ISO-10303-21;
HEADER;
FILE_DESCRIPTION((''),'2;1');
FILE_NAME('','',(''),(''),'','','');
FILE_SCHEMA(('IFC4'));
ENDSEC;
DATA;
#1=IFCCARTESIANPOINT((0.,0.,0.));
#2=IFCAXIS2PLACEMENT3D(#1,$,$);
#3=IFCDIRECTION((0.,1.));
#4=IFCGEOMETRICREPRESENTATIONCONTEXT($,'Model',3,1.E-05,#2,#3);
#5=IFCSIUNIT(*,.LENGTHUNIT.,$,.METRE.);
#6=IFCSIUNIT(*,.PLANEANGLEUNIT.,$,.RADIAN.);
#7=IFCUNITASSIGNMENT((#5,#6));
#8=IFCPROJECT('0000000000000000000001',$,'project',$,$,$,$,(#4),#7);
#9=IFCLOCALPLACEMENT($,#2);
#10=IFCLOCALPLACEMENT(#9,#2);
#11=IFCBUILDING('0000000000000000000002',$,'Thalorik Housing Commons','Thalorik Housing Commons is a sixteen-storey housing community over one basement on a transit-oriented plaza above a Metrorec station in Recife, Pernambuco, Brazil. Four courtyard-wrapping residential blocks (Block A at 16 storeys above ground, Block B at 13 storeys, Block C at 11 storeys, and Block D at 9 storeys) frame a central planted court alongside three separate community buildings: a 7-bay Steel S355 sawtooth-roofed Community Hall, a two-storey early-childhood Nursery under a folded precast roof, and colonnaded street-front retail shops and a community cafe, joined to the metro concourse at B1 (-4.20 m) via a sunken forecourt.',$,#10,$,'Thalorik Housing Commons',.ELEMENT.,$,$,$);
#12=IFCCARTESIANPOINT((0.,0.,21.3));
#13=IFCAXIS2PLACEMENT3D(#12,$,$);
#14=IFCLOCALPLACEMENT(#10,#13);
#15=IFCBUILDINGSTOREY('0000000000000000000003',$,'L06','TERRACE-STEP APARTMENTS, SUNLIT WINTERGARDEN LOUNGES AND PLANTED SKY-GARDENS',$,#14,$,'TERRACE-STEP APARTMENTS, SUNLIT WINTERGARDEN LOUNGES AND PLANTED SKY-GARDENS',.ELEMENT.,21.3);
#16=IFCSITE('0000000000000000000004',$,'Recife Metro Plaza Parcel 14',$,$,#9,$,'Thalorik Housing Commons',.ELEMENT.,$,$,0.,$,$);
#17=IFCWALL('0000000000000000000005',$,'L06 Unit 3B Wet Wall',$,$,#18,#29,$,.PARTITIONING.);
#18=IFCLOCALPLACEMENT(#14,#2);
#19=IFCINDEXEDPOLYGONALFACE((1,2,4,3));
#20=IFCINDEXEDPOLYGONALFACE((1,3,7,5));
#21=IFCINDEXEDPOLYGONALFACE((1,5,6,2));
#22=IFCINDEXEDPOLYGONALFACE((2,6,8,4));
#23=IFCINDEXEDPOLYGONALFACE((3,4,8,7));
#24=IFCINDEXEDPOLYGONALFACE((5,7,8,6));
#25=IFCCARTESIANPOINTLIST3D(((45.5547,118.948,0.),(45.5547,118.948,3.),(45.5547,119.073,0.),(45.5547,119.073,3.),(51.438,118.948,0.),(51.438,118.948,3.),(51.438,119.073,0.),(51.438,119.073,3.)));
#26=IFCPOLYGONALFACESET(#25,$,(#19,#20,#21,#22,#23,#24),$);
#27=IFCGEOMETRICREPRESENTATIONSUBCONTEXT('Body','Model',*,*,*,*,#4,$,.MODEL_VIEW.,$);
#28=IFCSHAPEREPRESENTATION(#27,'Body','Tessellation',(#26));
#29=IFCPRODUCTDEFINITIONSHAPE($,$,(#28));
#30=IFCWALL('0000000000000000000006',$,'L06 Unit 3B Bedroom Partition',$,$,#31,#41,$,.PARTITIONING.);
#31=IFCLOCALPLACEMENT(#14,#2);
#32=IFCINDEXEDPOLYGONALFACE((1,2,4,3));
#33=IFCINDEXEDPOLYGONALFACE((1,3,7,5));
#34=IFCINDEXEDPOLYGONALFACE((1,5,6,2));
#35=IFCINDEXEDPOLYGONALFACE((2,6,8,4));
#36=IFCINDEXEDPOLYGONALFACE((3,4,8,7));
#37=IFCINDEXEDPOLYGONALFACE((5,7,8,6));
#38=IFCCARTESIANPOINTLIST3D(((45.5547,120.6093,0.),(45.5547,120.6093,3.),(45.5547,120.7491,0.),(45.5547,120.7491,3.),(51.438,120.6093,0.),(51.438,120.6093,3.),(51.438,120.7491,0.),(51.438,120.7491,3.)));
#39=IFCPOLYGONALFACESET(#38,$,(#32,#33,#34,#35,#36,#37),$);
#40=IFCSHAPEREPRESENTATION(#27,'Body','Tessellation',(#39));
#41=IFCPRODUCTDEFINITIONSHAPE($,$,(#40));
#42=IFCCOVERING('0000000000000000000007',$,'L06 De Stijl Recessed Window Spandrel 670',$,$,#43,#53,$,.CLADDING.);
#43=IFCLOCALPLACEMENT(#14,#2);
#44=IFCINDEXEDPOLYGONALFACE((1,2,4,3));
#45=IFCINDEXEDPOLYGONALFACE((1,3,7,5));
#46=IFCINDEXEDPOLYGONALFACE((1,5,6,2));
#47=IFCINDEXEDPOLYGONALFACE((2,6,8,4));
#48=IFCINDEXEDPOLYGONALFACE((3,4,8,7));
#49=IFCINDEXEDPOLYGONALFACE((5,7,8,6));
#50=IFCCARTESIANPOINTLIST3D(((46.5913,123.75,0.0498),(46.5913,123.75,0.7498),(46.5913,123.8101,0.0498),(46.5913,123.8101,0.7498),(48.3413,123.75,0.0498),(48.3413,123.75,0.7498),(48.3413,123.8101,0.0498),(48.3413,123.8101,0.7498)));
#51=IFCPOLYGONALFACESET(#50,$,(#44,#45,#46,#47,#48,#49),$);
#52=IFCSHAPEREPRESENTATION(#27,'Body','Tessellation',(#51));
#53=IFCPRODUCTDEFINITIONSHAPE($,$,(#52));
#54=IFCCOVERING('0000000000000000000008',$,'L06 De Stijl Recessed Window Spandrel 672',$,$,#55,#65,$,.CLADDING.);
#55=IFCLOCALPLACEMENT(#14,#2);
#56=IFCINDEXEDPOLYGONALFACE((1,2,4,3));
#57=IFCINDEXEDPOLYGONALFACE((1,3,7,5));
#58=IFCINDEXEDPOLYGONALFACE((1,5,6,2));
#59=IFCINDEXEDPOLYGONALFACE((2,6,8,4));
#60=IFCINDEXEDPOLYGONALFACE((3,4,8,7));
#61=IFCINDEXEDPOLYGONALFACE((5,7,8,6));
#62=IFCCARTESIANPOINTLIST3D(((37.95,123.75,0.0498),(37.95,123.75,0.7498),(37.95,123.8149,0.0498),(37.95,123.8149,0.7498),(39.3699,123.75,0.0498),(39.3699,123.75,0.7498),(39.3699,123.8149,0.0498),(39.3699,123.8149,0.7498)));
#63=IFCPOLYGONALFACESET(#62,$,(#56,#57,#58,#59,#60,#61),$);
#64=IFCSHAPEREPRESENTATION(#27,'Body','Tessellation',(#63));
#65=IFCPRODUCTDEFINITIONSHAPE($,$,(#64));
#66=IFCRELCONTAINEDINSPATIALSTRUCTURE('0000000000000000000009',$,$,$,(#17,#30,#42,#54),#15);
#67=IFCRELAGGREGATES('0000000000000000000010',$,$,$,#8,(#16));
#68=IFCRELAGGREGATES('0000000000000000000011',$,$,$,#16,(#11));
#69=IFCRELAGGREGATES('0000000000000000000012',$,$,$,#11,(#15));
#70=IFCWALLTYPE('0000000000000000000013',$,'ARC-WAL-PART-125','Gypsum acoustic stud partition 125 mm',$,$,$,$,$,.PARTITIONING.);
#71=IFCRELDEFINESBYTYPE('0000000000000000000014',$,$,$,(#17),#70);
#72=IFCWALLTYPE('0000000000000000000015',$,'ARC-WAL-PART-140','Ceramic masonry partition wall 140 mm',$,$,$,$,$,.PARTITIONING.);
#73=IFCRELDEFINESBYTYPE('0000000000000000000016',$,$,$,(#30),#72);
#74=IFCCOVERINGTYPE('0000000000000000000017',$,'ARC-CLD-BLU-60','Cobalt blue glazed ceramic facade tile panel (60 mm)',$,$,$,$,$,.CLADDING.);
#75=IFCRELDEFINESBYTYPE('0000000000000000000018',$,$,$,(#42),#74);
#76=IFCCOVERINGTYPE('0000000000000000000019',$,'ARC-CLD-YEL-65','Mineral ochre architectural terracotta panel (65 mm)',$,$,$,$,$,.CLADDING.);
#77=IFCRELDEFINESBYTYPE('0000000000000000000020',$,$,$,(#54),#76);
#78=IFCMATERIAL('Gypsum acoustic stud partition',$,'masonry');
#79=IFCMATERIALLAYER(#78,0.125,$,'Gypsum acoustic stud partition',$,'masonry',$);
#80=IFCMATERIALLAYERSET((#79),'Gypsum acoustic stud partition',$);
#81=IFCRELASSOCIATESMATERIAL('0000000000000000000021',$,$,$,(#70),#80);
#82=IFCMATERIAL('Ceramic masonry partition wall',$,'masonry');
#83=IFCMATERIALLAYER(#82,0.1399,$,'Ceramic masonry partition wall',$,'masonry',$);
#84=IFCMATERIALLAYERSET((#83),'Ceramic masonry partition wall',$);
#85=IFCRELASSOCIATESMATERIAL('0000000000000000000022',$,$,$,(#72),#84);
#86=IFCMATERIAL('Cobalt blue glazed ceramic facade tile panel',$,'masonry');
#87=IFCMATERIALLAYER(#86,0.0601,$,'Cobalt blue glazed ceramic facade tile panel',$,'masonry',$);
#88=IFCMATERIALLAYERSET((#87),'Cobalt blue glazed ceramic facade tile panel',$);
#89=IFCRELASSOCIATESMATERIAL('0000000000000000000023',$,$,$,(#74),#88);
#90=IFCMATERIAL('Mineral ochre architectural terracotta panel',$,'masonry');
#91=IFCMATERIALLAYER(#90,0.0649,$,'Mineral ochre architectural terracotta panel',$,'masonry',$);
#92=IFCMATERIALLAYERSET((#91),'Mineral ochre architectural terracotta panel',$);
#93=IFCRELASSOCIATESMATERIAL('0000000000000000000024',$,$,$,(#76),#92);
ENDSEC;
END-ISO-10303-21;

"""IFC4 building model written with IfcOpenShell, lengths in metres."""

from ifc_helpers import new_model, si_unit, direction, frame, frame_2d, origin, origin_2d, place, context, subcontext, project, spatial, rectangle, extrude, material, layer, layer_set, type_object, element, save


model = new_model("IFC4")

# Units and contexts
model_context = context("Model", 3, precision=1e-05, world=origin(), true_north=direction((0.0, 1.0)))
body_context = subcontext(model_context, "Body", "Model", "MODEL_VIEW")
ifc_project = project(units=[si_unit("LENGTHUNIT", "METRE"), si_unit("PLANEANGLEUNIT", "RADIAN")], contexts=[model_context])

# Site, building, storey
site_placement = place(None, origin())
site = spatial("IfcSite", under=ifc_project, at=site_placement, Name="Recife Metro Plaza Parcel 14", LongName="Thalorik Housing Commons", CompositionType="ELEMENT", RefElevation=0.0)
building_placement = place(site_placement, origin())
building = spatial("IfcBuilding", under=site, at=building_placement, Name="Thalorik Housing Commons", Description="Thalorik Housing Commons is a sixteen-storey housing community over one basement on a transit-oriented plaza above a Metrorec station in Recife, Pernambuco, Brazil. Four courtyard-wrapping residential blocks (Block A at 16 storeys above ground, Block B at 13 storeys, Block C at 11 storeys, and Block D at 9 storeys) frame a central planted court alongside three separate community buildings: a 7-bay Steel S355 sawtooth-roofed Community Hall, a two-storey early-childhood Nursery under a folded precast roof, and colonnaded street-front retail shops and a community cafe, joined to the metro concourse at B1 (-4.20 m) via a sunken forecourt.", LongName="Thalorik Housing Commons", CompositionType="ELEMENT")
storey_placement = place(building_placement, frame((0.0, 0.0, 21.3)))
storey = spatial("IfcBuildingStorey", under=building, at=storey_placement, Name="L06", Description="TERRACE-STEP APARTMENTS, SUNLIT WINTERGARDEN LOUNGES AND PLANTED SKY-GARDENS", LongName="TERRACE-STEP APARTMENTS, SUNLIT WINTERGARDEN LOUNGES AND PLANTED SKY-GARDENS", CompositionType="ELEMENT", Elevation=21.3)

# Walls
ifc_material_1 = material(Name="Gypsum acoustic stud partition", Category="masonry")
ifc_layer_1 = layer(ifc_material_1, 0.125, Name="Gypsum acoustic stud partition", Category="masonry")
ifc_layer_set_1 = layer_set([ifc_layer_1], Name="Gypsum acoustic stud partition")
wall_type_1 = type_object("IfcWallType", Name="ARC-WAL-PART-125", Description="Gypsum acoustic stud partition 125 mm", PredefinedType="PARTITIONING", material=ifc_layer_set_1)
wall_1_placement = place(storey_placement, frame((45.5547, 119.0105, 0.0), z_axis=(0.0, 0.0, 1.0), x_axis=(1.0, 0.0, 0.0)))
element("IfcWall", 1, at=wall_1_placement, inside=storey, type_object=wall_type_1, Name="L06 Unit 3B Wet Wall", PredefinedType="PARTITIONING", context=body_context, shape_type="SweptSolid", body=[
    extrude(rectangle(XDim=5.8833, YDim=0.125, at=frame_2d((2.9417, 0.0))), origin(), (0.0, 0.0, 1.0), 3.0),
])
ifc_material_2 = material(Name="Ceramic masonry partition wall", Category="masonry")
ifc_layer_2 = layer(ifc_material_2, 0.1399, Name="Ceramic masonry partition wall", Category="masonry")
ifc_layer_set_2 = layer_set([ifc_layer_2], Name="Ceramic masonry partition wall")
wall_type_2 = type_object("IfcWallType", Name="ARC-WAL-PART-140", Description="Ceramic masonry partition wall 140 mm", PredefinedType="PARTITIONING", material=ifc_layer_set_2)
wall_2_placement = place(storey_placement, frame((45.5547, 120.6792, 0.0), z_axis=(0.0, 0.0, 1.0), x_axis=(1.0, 0.0, 0.0)))
element("IfcWall", 2, at=wall_2_placement, inside=storey, type_object=wall_type_2, Name="L06 Unit 3B Bedroom Partition", PredefinedType="PARTITIONING", context=body_context, shape_type="SweptSolid", body=[
    extrude(rectangle(XDim=5.8833, YDim=0.1399, at=frame_2d((2.9417, 0.0))), origin(), (0.0, 0.0, 1.0), 3.0),
])

# Coverings
ifc_material_3 = material(Name="Cobalt blue glazed ceramic facade tile panel", Category="masonry")
ifc_layer_3 = layer(ifc_material_3, 0.0601, Name="Cobalt blue glazed ceramic facade tile panel", Category="masonry")
ifc_layer_set_3 = layer_set([ifc_layer_3], Name="Cobalt blue glazed ceramic facade tile panel")
covering_type_1 = type_object("IfcCoveringType", Name="ARC-CLD-BLU-60", Description="Cobalt blue glazed ceramic facade tile panel (60 mm)", PredefinedType="CLADDING", material=ifc_layer_set_3)
covering_1_placement = place(storey_placement, frame((47.4663, 123.78, 0.0498), z_axis=(0.0, 0.0, 1.0), x_axis=(-1.0, 0.0, 0.0)))
element("IfcCovering", 3, at=covering_1_placement, inside=storey, type_object=covering_type_1, Name="L06 De Stijl Recessed Window Spandrel 670", PredefinedType="CLADDING", context=body_context, shape_type="SweptSolid", body=[
    extrude(rectangle(XDim=1.75, YDim=0.0601, at=origin_2d()), origin(), (0.0, 0.0, 1.0), 0.7),
])
ifc_material_4 = material(Name="Mineral ochre architectural terracotta panel", Category="masonry")
ifc_layer_4 = layer(ifc_material_4, 0.0649, Name="Mineral ochre architectural terracotta panel", Category="masonry")
ifc_layer_set_4 = layer_set([ifc_layer_4], Name="Mineral ochre architectural terracotta panel")
covering_type_2 = type_object("IfcCoveringType", Name="ARC-CLD-YEL-65", Description="Mineral ochre architectural terracotta panel (65 mm)", PredefinedType="CLADDING", material=ifc_layer_set_4)
covering_2_placement = place(storey_placement, frame((38.6599, 123.7825, 0.0498), z_axis=(0.0, 0.0, 1.0), x_axis=(-1.0, 0.0, 0.0)))
element("IfcCovering", 4, at=covering_2_placement, inside=storey, type_object=covering_type_2, Name="L06 De Stijl Recessed Window Spandrel 672", PredefinedType="CLADDING", context=body_context, shape_type="SweptSolid", body=[
    extrude(rectangle(XDim=1.4199, YDim=0.0649, at=origin_2d()), origin(), (0.0, 0.0, 1.0), 0.7),
])

save(model, "model.ifc")
